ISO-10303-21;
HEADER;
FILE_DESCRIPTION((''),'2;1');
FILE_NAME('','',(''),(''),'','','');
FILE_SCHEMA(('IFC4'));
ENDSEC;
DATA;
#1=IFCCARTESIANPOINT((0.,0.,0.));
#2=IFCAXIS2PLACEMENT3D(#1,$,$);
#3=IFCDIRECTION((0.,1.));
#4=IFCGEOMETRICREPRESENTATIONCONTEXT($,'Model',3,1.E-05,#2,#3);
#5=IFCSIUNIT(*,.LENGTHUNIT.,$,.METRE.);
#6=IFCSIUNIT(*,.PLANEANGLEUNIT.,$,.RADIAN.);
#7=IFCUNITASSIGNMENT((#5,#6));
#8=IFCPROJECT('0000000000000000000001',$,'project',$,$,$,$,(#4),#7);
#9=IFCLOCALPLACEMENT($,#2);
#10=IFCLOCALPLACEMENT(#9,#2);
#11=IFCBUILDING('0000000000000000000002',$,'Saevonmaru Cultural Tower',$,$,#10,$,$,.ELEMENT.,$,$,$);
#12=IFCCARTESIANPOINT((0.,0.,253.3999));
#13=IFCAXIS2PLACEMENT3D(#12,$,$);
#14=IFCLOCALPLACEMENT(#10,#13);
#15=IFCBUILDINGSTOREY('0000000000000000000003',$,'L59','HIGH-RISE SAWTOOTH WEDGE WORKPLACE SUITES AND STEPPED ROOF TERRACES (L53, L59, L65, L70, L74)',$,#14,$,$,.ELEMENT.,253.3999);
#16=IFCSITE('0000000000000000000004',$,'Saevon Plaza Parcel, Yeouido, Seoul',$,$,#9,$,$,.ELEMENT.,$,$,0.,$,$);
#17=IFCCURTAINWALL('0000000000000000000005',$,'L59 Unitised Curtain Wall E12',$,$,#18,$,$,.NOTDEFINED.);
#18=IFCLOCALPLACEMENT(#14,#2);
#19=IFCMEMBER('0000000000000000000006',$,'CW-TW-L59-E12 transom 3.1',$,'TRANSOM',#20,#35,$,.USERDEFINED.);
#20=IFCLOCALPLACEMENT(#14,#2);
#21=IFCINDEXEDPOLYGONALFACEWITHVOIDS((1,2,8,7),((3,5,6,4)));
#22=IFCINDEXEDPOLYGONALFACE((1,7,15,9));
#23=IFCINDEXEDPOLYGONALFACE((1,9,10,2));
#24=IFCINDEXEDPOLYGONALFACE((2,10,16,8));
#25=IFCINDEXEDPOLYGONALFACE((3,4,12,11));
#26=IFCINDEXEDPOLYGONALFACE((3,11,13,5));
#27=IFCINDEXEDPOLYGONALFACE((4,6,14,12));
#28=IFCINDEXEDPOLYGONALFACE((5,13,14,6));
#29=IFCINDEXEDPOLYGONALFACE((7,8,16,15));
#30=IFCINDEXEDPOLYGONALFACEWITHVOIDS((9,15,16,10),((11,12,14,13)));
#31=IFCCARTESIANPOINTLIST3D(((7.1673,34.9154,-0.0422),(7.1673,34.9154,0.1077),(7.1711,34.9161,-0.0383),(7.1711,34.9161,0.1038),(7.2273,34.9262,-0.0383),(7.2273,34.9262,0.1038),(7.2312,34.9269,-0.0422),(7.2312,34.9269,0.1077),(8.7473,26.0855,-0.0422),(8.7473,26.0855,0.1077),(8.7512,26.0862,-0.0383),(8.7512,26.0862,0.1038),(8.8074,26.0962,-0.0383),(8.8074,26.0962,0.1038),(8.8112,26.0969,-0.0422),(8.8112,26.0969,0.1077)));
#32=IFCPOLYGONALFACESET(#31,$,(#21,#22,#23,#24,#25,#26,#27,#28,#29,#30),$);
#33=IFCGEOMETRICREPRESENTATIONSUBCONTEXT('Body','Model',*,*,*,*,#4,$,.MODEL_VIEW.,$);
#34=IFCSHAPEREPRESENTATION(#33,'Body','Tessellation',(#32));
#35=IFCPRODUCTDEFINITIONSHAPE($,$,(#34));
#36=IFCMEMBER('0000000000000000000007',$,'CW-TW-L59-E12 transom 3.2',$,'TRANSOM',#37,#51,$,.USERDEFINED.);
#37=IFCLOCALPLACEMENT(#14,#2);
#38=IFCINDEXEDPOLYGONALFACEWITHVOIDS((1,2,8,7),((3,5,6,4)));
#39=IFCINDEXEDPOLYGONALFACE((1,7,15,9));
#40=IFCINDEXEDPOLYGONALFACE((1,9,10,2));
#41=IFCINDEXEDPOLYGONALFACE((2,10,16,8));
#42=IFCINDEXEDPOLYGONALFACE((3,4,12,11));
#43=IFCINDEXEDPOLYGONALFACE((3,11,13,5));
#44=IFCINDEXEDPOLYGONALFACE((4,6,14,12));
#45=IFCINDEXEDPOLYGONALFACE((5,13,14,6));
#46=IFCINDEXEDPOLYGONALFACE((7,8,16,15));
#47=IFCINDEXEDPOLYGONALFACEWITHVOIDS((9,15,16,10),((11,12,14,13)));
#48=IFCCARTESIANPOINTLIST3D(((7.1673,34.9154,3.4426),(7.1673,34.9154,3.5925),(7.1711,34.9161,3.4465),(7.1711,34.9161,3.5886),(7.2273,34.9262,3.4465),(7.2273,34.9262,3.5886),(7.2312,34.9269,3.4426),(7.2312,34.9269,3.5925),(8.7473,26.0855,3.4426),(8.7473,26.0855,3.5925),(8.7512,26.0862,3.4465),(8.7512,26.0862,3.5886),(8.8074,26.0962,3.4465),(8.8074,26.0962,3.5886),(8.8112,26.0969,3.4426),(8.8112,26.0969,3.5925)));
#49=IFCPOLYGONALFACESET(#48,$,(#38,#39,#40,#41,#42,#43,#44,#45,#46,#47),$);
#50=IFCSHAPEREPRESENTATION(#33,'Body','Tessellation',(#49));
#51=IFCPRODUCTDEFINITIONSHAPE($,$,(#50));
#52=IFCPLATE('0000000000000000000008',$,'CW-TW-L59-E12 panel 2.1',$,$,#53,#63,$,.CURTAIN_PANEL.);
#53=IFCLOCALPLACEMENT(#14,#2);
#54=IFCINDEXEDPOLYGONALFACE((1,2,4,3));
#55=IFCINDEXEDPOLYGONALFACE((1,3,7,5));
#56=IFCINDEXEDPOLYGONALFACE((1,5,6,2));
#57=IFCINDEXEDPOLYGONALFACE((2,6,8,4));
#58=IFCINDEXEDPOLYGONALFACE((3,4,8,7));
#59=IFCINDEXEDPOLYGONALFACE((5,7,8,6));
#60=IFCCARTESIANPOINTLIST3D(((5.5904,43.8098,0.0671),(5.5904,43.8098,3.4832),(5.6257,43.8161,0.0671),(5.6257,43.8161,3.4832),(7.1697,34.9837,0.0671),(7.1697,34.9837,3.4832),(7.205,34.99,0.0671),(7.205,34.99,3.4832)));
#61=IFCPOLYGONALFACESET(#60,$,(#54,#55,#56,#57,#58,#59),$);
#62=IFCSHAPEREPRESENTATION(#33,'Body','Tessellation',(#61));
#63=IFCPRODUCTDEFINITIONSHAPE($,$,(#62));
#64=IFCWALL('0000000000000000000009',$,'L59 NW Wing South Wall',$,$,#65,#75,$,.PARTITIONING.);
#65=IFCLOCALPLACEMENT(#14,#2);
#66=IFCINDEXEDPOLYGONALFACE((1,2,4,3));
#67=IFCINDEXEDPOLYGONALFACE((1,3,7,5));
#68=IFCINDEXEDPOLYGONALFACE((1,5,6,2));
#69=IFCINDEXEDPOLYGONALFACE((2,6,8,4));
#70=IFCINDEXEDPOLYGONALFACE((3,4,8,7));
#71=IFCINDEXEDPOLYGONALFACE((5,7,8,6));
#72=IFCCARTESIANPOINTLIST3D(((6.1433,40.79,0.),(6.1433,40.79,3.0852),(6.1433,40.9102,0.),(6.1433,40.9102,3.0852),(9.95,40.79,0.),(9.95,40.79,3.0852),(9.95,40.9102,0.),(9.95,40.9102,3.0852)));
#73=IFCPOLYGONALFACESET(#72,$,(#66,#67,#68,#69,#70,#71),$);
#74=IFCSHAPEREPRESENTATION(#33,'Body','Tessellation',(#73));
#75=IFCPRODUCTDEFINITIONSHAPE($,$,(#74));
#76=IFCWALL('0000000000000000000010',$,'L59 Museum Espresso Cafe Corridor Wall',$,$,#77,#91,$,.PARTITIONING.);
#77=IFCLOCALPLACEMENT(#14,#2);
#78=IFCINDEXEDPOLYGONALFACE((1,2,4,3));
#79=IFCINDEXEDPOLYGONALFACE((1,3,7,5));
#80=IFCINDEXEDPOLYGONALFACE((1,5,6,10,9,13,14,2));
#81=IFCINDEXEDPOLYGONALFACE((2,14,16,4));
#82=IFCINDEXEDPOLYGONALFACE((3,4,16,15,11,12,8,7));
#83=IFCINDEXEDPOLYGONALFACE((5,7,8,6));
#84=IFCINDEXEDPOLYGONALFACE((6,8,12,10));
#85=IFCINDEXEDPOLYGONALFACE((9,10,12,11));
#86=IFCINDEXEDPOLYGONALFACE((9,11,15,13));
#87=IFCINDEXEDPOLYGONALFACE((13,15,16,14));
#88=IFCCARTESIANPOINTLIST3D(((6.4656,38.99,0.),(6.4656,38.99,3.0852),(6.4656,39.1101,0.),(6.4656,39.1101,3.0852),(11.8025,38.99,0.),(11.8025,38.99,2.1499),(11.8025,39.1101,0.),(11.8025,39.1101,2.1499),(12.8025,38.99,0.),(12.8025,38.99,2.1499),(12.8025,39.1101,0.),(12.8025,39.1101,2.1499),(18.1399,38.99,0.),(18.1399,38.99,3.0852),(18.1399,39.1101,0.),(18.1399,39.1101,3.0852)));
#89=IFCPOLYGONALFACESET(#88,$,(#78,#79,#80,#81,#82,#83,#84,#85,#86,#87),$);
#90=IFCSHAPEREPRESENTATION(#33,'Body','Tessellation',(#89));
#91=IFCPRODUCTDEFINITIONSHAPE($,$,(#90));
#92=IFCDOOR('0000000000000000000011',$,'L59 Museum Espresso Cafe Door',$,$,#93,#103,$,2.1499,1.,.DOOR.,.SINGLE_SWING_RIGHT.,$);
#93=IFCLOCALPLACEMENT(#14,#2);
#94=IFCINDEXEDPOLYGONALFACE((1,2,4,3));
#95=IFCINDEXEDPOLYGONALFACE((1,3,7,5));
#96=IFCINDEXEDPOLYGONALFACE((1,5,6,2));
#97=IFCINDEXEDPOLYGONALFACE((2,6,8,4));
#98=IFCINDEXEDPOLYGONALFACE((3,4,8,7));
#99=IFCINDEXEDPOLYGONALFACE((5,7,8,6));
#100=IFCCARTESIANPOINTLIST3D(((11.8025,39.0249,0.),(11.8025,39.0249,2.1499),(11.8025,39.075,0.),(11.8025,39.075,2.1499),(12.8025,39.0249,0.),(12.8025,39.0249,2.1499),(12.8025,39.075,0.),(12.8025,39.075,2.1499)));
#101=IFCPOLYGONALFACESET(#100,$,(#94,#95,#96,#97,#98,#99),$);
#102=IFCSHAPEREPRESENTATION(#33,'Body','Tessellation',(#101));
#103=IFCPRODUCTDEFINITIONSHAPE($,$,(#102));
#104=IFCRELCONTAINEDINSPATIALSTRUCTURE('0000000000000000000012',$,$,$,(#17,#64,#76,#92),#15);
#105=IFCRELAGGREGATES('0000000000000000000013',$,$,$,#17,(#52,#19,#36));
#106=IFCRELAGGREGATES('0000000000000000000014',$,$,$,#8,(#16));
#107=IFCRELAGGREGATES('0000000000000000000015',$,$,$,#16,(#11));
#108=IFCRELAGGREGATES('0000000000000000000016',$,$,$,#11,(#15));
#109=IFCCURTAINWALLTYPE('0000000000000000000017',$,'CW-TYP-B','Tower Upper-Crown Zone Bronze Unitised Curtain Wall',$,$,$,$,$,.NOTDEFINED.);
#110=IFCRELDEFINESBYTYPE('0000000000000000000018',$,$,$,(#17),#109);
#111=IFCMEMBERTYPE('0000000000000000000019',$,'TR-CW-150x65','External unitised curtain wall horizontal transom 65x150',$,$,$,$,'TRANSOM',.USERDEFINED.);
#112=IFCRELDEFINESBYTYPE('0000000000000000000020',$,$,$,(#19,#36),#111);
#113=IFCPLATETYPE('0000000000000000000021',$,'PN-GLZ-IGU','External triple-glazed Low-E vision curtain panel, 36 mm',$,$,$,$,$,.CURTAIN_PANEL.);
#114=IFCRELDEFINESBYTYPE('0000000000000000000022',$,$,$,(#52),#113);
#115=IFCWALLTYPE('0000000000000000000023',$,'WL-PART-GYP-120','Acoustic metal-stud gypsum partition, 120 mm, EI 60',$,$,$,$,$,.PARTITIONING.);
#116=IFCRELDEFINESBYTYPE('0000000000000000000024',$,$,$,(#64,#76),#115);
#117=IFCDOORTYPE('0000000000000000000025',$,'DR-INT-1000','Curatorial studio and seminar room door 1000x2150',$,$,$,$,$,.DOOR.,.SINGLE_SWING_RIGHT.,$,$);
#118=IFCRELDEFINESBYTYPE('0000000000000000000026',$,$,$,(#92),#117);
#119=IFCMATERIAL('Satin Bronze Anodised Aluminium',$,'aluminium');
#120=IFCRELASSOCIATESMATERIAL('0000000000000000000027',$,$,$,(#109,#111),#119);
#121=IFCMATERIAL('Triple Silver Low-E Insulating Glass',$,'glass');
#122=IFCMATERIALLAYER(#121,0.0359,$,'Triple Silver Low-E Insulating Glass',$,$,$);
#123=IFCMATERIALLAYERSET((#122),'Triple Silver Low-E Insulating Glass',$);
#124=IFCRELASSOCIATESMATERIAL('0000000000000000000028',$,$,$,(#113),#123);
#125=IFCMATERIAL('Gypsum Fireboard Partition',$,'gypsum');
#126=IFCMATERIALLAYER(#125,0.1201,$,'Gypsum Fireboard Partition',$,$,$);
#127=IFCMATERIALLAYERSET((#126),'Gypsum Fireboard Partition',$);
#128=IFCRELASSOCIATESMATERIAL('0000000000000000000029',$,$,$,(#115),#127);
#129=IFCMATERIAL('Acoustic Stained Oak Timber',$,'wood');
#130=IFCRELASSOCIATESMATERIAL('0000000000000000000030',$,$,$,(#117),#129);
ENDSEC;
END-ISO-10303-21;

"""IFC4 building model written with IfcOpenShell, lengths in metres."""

from ifc_helpers import new_model, si_unit, direction, frame, frame_2d, origin, origin_2d, place, context, subcontext, project, spatial, rectangle, hollow_rectangle, extrude, material, layer, layer_set, material_profile, profile_set, type_object, element, fill, aggregate, save


model = new_model("IFC4")

# Units and contexts
model_context = context("Model", 3, precision=1e-05, world=origin(), true_north=direction((0.0, 1.0)))
body_context = subcontext(model_context, "Body", "Model", "MODEL_VIEW")
ifc_project = project(units=[si_unit("LENGTHUNIT", "METRE"), si_unit("PLANEANGLEUNIT", "RADIAN")], contexts=[model_context])

# Site, building, storey
site_placement = place(None, origin())
site = spatial("IfcSite", under=ifc_project, at=site_placement, Name="Saevon Plaza Parcel, Yeouido, Seoul", CompositionType="ELEMENT", RefElevation=0.0)
building_placement = place(site_placement, origin())
building = spatial("IfcBuilding", under=site, at=building_placement, Name="Saevonmaru Cultural Tower", CompositionType="ELEMENT")
storey_placement = place(building_placement, frame((0.0, 0.0, 253.3999)))
storey = spatial("IfcBuildingStorey", under=building, at=storey_placement, Name="L59", Description="HIGH-RISE SAWTOOTH WEDGE WORKPLACE SUITES AND STEPPED ROOF TERRACES (L53, L59, L65, L70, L74)", CompositionType="ELEMENT", Elevation=253.3999)

# Curtain wall, members, plate
ifc_material_1 = material(Name="Satin Bronze Anodised Aluminium", Category="aluminium")
curtain_wall_type = type_object("IfcCurtainWallType", Name="CW-TYP-B", Description="Tower Upper-Crown Zone Bronze Unitised Curtain Wall", PredefinedType="NOTDEFINED", material=ifc_material_1)
curtain_wall_placement = place(storey_placement, origin())
curtain_wall = element("IfcCurtainWall", 1, at=curtain_wall_placement, inside=storey, type_object=curtain_wall_type, Name="L59 Unitised Curtain Wall E12", PredefinedType="NOTDEFINED")
ifc_material_profile_1 = material_profile(ifc_material_1, hollow_rectangle(XDim=0.0649, YDim=0.1499, WallThickness=0.0039, at=origin_2d()), Name="ALU-TRAN-150x65x4")
ifc_profile_set_1 = profile_set([ifc_material_profile_1], Name="Satin Bronze Anodised Aluminium")
member_type_1 = type_object("IfcMemberType", Name="TR-CW-150x65", Description="External unitised curtain wall horizontal transom 65x150", ElementType="TRANSOM", PredefinedType="USERDEFINED", material=ifc_profile_set_1)
member_1_placement = place(storey_placement, frame((7.1992, 34.9211, 0.0327), z_axis=(0.176145, -0.984364, 0.0), x_axis=(0.984364, 0.176145, 0.0)))
member_1 = element("IfcMember", 2, at=member_1_placement, type_object=member_type_1, Name="CW-TW-L59-E12 transom 3.1", ObjectType="TRANSOM", PredefinedType="USERDEFINED", context=body_context, shape_type="SweptSolid", body=[
    extrude(hollow_rectangle(XDim=0.0649, YDim=0.1499, WallThickness=0.0039, at=origin_2d()), origin(), (0.0, 0.0, 1.0), 8.9702),
])
member_2_placement = place(storey_placement, frame((7.1992, 34.9211, 3.5176), z_axis=(0.176145, -0.984364, 0.0), x_axis=(0.984364, 0.176145, 0.0)))
member_2 = element("IfcMember", 3, at=member_2_placement, type_object=member_type_1, Name="CW-TW-L59-E12 transom 3.2", ObjectType="TRANSOM", PredefinedType="USERDEFINED", context=body_context, shape_type="SweptSolid", body=[
    extrude(hollow_rectangle(XDim=0.0649, YDim=0.1499, WallThickness=0.0039, at=origin_2d()), origin(), (0.0, 0.0, 1.0), 8.9702),
])
ifc_material_2 = material(Name="Triple Silver Low-E Insulating Glass", Category="glass")
ifc_layer_1 = layer(ifc_material_2, 0.0359, Name="Triple Silver Low-E Insulating Glass")
ifc_layer_set_1 = layer_set([ifc_layer_1], Name="Triple Silver Low-E Insulating Glass")
plate_type = type_object("IfcPlateType", Name="PN-GLZ-IGU", Description="External triple-glazed Low-E vision curtain panel, 36 mm", PredefinedType="CURTAIN_PANEL", material=ifc_layer_set_1)
plate_placement = place(storey_placement, frame((6.3977, 39.3999, 0.0671), z_axis=(0.0, 0.0, 1.0), x_axis=(0.176141, -0.984365, 0.0)))
plate = element("IfcPlate", 4, at=plate_placement, type_object=plate_type, Name="CW-TW-L59-E12 panel 2.1", PredefinedType="CURTAIN_PANEL", context=body_context, shape_type="SweptSolid", body=[
    extrude(rectangle(XDim=8.9663, YDim=0.0359, at=origin_2d()), origin(), (0.0, 0.0, 1.0), 3.416),
])
aggregate(curtain_wall, [plate, member_1, member_2])

# Wall
ifc_material_3 = material(Name="Gypsum Fireboard Partition", Category="gypsum")
ifc_layer_2 = layer(ifc_material_3, 0.1201, Name="Gypsum Fireboard Partition")
ifc_layer_set_2 = layer_set([ifc_layer_2], Name="Gypsum Fireboard Partition")
wall_type_1 = type_object("IfcWallType", Name="WL-PART-GYP-120", Description="Acoustic metal-stud gypsum partition, 120 mm, EI 60", PredefinedType="PARTITIONING", material=ifc_layer_set_2)
wall_1_placement = place(storey_placement, frame((6.1433, 40.8501, 0.0), z_axis=(0.0, 0.0, 1.0), x_axis=(1.0, 0.0, 0.0)))
element("IfcWall", 5, at=wall_1_placement, inside=storey, type_object=wall_type_1, Name="L59 NW Wing South Wall", PredefinedType="PARTITIONING", context=body_context, shape_type="SweptSolid", body=[
    extrude(rectangle(XDim=3.8066, YDim=0.1201, at=frame_2d((1.9033, 0.0))), origin(), (0.0, 0.0, 1.0), 3.0852),
])

# Wall, opening, door
wall_2_placement = place(storey_placement, frame((6.4656, 39.05, 0.0), z_axis=(0.0, 0.0, 1.0), x_axis=(1.0, 0.0, 0.0)))
wall_2 = element("IfcWall", 6, at=wall_2_placement, inside=storey, type_object=wall_type_1, Name="L59 Museum Espresso Cafe Corridor Wall", PredefinedType="PARTITIONING", context=body_context, shape_type="SweptSolid", body=[
    extrude(rectangle(XDim=11.6743, YDim=0.1201, at=frame_2d((5.8372, 0.0))), origin(), (0.0, 0.0, 1.0), 3.0852),
])
opening_1_placement = place(wall_2_placement, frame((5.3369, 0.0, 0.0)))
opening_1 = element("IfcOpeningElement", 7, at=opening_1_placement, cuts=wall_2, PredefinedType="OPENING", context=body_context, shape_type="SweptSolid", body=[
    extrude(rectangle(XDim=1.0, YDim=2.1499, at=frame_2d((0.5, 1.075))), frame((0.0, 0.0701, 0.0), z_axis=(0.0, -1.0, 0.0), x_axis=(1.0, 0.0, 0.0)), (0.0, 0.0, 1.0), 0.1401),
])
ifc_material_4 = material(Name="Acoustic Stained Oak Timber", Category="wood")
door_type_1 = type_object("IfcDoorType", Name="DR-INT-1000", Description="Curatorial studio and seminar room door 1000x2150", OperationType="SINGLE_SWING_RIGHT", PredefinedType="DOOR", material=ifc_material_4)
door_1_placement = place(opening_1_placement, origin())
door_1 = element("IfcDoor", 8, at=door_1_placement, inside=storey, type_object=door_type_1, Name="L59 Museum Espresso Cafe Door", OperationType="SINGLE_SWING_RIGHT", OverallHeight=2.1499, OverallWidth=1.0, PredefinedType="DOOR", context=body_context, shape_type="SweptSolid", body=[
    extrude(rectangle(XDim=1.0, YDim=2.1499, at=frame_2d((0.5, 1.075))), frame((0.0, 0.0249, 0.0), z_axis=(0.0, -1.0, 0.0), x_axis=(1.0, 0.0, 0.0)), (0.0, 0.0, 1.0), 0.05),
])
fill(opening_1, door_1)

save(model, "model.ifc")
